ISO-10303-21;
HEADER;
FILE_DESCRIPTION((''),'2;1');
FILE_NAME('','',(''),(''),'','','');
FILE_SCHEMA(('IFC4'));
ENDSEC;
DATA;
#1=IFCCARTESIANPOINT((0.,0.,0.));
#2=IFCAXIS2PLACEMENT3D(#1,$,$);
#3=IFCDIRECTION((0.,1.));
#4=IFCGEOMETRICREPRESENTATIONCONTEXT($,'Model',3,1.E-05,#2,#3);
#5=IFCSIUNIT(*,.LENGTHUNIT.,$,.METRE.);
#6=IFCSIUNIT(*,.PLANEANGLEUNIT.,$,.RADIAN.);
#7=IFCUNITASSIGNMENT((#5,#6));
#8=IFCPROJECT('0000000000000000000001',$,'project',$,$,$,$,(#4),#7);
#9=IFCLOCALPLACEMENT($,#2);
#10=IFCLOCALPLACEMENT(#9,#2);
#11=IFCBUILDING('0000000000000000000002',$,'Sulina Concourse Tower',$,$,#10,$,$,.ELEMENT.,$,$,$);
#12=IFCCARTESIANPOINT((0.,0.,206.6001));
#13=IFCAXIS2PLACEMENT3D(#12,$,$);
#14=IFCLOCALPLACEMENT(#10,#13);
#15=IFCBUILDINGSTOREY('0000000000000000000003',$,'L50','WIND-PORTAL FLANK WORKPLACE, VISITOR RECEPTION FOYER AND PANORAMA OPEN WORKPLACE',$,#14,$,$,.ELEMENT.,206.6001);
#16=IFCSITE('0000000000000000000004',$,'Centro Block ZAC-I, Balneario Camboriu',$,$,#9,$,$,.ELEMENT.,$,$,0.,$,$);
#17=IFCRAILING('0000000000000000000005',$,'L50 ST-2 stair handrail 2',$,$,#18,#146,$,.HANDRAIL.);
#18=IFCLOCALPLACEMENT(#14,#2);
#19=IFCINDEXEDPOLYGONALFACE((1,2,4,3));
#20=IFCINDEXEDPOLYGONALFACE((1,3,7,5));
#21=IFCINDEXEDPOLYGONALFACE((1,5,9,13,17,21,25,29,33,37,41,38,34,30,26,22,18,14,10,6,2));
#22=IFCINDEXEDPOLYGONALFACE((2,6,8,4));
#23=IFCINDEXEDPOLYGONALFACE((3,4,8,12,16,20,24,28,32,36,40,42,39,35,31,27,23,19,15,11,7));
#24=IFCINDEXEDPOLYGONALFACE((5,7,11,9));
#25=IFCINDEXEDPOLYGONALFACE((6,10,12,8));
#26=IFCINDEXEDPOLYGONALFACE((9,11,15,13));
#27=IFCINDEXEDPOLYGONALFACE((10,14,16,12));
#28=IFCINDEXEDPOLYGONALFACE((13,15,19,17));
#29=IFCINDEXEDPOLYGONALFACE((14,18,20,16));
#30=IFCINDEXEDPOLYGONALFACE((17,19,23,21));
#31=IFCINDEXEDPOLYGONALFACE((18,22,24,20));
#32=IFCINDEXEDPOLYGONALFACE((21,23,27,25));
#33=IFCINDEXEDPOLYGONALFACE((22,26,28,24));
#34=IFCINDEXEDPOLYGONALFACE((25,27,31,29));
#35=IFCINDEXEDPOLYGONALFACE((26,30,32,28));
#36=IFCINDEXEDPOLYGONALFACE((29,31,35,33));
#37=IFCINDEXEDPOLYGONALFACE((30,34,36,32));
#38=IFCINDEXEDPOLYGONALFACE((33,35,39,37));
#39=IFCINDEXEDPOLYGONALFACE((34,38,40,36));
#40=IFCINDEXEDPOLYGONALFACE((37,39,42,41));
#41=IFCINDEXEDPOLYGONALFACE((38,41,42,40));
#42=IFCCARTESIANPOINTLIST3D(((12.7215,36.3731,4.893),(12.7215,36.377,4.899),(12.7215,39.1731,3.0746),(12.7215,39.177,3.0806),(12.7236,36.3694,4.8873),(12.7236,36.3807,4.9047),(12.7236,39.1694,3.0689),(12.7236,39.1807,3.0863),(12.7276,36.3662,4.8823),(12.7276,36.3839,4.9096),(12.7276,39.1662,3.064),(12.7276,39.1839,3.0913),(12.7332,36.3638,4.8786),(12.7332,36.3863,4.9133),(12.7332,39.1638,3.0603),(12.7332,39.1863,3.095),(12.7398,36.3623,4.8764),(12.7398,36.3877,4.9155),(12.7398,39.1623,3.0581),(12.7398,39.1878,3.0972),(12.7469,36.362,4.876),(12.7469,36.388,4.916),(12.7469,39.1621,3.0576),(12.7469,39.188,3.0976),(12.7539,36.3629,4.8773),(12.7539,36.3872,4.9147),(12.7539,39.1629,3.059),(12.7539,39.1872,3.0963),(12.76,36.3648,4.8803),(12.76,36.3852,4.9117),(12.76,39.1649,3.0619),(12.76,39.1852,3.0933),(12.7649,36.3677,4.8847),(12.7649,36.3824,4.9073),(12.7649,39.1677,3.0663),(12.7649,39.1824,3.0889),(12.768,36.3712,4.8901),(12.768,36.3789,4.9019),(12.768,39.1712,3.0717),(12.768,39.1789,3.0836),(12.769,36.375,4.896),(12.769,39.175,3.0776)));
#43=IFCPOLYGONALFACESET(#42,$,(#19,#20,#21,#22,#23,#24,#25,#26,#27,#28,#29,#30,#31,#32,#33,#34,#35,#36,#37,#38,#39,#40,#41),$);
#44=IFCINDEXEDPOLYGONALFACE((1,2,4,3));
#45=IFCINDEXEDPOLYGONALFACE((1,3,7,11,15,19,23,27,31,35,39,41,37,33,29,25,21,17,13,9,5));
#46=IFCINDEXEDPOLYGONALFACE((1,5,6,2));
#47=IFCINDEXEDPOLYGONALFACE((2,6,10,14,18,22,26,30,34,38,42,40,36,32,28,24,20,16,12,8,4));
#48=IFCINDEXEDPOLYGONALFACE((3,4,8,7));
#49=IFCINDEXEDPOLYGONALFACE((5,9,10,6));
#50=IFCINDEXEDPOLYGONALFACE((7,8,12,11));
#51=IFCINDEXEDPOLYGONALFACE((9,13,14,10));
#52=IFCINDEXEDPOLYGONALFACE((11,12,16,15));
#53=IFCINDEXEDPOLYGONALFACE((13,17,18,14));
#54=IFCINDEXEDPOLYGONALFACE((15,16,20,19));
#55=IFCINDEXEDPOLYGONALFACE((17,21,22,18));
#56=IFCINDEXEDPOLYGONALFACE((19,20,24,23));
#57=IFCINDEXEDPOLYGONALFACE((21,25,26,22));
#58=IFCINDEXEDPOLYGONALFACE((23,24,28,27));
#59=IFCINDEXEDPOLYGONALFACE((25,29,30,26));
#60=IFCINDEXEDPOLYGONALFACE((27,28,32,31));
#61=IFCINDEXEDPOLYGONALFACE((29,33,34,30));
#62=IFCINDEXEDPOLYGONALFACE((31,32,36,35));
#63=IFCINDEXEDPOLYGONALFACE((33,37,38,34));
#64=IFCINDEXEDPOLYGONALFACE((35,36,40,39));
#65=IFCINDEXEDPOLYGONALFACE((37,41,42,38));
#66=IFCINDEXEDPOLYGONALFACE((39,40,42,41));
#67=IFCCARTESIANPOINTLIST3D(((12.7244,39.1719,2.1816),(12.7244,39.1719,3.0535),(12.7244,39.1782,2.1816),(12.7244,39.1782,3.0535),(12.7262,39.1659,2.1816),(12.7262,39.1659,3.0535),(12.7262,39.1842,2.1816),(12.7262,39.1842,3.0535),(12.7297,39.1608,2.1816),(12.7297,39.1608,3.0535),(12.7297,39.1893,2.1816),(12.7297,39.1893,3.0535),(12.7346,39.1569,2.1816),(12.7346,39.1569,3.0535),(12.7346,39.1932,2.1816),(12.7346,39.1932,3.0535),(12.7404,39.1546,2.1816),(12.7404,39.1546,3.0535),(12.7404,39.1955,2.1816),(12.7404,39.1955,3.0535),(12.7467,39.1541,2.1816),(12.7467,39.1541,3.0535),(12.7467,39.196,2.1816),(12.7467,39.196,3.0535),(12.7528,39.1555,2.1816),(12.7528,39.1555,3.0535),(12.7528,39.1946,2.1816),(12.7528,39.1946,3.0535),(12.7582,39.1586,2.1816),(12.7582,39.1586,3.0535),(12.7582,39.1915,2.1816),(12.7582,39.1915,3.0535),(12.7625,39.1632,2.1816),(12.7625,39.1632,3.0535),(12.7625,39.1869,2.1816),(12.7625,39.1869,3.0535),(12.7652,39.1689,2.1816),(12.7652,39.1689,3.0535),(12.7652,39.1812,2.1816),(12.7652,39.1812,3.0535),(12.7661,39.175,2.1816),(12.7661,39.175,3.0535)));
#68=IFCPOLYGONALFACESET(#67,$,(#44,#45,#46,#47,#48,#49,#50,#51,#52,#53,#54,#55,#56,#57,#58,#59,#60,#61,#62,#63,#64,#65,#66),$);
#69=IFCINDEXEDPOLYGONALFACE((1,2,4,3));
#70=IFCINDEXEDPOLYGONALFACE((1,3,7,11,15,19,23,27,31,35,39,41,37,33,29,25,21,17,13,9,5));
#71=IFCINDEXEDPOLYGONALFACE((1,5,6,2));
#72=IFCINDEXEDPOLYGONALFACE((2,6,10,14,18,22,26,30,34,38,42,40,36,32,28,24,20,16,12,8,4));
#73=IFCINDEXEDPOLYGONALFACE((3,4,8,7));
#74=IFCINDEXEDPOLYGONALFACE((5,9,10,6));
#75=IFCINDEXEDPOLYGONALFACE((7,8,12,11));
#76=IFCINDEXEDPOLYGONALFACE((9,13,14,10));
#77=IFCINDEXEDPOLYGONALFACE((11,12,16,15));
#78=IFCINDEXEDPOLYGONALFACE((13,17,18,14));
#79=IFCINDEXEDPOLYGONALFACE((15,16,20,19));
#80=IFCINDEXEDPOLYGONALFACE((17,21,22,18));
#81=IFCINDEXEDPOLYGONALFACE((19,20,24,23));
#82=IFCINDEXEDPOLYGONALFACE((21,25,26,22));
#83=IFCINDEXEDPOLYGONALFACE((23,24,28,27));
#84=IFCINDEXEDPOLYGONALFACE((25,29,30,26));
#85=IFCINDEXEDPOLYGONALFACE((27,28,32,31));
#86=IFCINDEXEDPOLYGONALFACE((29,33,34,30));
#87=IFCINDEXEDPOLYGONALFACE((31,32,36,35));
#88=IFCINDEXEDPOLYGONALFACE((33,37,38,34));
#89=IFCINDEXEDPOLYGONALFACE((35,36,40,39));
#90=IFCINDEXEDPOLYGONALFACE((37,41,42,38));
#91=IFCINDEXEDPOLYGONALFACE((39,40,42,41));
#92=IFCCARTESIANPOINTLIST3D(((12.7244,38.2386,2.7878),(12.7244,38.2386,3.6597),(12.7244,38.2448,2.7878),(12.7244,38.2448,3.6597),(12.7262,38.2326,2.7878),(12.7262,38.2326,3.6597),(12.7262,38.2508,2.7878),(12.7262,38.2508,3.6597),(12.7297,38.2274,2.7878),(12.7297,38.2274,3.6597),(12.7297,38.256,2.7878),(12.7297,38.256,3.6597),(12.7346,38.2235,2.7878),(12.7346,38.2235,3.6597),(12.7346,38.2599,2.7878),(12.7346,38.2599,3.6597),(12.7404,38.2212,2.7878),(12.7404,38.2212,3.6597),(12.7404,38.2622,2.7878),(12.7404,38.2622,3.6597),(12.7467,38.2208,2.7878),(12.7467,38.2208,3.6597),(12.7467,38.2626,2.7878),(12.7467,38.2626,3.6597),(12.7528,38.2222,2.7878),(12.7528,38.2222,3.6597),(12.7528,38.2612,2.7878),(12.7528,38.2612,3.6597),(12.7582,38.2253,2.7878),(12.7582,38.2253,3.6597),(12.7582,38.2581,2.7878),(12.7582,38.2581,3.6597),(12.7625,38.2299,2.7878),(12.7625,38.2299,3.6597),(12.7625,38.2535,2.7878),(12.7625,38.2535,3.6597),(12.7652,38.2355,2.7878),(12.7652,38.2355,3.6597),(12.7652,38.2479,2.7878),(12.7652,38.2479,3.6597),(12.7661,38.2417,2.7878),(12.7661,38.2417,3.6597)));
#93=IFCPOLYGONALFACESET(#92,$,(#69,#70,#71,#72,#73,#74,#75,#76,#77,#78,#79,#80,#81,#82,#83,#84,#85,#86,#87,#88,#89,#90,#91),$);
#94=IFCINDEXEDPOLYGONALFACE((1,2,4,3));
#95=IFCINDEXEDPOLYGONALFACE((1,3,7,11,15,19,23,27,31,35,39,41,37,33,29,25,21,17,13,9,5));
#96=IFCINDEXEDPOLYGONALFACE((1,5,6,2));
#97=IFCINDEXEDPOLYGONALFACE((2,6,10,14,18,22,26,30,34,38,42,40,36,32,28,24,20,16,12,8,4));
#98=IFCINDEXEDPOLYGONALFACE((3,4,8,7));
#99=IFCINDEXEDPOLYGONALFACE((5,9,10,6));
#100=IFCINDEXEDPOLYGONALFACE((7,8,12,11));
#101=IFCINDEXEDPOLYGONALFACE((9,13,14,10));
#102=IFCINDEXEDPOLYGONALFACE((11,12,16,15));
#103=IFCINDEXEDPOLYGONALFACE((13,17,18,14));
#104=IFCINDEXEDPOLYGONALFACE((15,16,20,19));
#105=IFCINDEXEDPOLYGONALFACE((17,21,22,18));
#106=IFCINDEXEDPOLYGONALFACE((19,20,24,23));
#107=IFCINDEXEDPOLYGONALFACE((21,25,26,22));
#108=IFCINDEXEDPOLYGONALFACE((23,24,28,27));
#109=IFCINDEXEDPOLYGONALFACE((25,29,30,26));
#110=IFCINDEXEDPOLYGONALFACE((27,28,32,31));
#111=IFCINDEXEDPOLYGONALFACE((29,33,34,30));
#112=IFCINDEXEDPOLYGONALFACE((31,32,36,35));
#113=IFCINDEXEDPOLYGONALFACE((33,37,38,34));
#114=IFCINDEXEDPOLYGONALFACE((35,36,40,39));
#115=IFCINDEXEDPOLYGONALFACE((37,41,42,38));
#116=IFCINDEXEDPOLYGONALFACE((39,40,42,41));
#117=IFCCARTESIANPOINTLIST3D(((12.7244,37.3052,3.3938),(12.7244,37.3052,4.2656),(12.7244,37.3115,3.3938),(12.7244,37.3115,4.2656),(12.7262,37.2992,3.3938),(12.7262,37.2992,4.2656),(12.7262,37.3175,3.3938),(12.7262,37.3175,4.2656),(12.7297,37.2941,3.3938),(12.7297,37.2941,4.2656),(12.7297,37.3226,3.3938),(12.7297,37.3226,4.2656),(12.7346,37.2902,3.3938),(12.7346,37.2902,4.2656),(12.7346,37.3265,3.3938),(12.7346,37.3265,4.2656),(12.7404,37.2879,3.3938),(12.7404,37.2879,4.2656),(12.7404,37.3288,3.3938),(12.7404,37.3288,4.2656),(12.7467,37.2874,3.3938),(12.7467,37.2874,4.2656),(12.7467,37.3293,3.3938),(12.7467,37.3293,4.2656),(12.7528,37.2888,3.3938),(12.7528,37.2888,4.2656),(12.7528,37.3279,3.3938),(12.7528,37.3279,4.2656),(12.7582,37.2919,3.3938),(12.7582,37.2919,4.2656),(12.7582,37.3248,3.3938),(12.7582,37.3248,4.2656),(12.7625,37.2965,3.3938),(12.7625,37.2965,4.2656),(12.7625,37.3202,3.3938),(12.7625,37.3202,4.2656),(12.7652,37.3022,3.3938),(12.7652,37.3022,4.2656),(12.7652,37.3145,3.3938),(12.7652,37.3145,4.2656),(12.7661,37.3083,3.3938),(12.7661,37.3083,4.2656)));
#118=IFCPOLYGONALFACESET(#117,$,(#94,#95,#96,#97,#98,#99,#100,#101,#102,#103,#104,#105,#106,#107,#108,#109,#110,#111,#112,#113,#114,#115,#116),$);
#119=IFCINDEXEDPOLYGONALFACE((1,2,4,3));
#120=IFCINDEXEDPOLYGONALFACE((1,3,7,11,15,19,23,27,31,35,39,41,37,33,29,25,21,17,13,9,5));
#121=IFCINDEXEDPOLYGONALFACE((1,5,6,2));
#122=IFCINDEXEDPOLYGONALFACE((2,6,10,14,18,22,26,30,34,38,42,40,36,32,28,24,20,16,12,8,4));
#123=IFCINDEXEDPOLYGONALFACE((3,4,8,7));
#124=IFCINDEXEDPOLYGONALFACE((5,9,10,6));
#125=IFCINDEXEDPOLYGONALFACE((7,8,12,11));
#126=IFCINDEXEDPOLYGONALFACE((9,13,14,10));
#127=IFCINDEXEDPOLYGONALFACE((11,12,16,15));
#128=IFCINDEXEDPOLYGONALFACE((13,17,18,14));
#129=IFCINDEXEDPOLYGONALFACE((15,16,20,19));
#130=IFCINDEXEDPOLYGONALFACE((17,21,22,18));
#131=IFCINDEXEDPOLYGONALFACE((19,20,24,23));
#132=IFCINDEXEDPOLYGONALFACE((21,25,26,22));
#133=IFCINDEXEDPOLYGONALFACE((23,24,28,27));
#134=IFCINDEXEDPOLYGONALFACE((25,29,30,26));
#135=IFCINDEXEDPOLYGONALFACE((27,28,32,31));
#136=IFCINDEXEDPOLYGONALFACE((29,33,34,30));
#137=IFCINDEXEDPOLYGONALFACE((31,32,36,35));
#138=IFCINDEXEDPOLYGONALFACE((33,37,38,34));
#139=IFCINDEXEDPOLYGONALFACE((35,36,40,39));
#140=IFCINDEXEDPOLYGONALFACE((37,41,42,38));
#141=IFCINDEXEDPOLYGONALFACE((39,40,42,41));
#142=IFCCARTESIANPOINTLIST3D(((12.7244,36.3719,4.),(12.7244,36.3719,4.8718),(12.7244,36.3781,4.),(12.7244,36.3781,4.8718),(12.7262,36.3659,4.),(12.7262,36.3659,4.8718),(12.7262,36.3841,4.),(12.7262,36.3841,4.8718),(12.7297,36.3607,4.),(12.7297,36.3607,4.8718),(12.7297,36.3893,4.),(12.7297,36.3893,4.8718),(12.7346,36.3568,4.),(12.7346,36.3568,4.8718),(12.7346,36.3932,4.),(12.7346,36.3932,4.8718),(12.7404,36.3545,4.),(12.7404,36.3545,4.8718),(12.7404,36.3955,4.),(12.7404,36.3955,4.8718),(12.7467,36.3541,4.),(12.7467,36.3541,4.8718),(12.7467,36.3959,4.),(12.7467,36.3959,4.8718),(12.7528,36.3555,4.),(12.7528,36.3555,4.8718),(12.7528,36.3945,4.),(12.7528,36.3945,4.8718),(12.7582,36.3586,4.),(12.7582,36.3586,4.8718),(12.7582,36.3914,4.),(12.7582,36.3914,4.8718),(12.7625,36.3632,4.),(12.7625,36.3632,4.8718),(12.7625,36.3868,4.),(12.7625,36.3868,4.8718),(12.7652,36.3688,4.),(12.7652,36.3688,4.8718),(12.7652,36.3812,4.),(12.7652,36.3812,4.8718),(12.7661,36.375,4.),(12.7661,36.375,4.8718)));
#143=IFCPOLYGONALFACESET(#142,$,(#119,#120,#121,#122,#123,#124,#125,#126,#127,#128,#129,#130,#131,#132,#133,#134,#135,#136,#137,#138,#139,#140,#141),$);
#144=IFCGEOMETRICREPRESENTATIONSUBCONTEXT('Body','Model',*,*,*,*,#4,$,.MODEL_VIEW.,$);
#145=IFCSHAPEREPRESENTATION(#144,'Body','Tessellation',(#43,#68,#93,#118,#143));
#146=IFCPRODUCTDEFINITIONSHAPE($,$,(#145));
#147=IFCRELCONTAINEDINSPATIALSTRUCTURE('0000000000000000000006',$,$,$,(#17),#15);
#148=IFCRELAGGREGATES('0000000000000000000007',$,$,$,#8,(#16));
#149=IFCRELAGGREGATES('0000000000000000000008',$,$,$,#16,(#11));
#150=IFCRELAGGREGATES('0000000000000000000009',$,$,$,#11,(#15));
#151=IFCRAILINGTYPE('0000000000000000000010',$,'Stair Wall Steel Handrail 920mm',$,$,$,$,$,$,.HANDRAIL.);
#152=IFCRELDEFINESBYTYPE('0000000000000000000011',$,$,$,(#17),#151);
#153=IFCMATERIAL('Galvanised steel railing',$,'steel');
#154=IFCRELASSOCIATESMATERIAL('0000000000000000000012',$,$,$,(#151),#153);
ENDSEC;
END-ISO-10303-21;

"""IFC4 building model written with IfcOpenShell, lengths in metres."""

from ifc_helpers import new_model, si_unit, direction, frame, origin, origin_2d, place, context, subcontext, project, spatial, circle, extrude, material, type_object, element, save


model = new_model("IFC4")

# Units and contexts
model_context = context("Model", 3, precision=1e-05, world=origin(), true_north=direction((0.0, 1.0)))
body_context = subcontext(model_context, "Body", "Model", "MODEL_VIEW")
ifc_project = project(units=[si_unit("LENGTHUNIT", "METRE"), si_unit("PLANEANGLEUNIT", "RADIAN")], contexts=[model_context])

# Site, building, storey
site_placement = place(None, origin())
site = spatial("IfcSite", under=ifc_project, at=site_placement, Name="Centro Block ZAC-I, Balneario Camboriu", CompositionType="ELEMENT", RefElevation=0.0)
building_placement = place(site_placement, origin())
building = spatial("IfcBuilding", under=site, at=building_placement, Name="Sulina Concourse Tower", CompositionType="ELEMENT")
storey_placement = place(building_placement, frame((0.0, 0.0, 206.6001)))
storey = spatial("IfcBuildingStorey", under=building, at=storey_placement, Name="L50", Description="WIND-PORTAL FLANK WORKPLACE, VISITOR RECEPTION FOYER AND PANORAMA OPEN WORKPLACE", CompositionType="ELEMENT", Elevation=206.6001)

# Railing
ifc_material_1 = material(Name="Galvanised steel railing", Category="steel")
railing_type_1 = type_object("IfcRailingType", Name="Stair Wall Steel Handrail 920mm", PredefinedType="HANDRAIL", material=ifc_material_1)
railing_1_placement = place(storey_placement, frame((12.7451, 39.175, 2.1816)))
element("IfcRailing", 1, at=railing_1_placement, inside=storey, type_object=railing_type_1, Name="L50 ST-2 stair handrail 2", PredefinedType="HANDRAIL", context=body_context, shape_type="SweptSolid", body=[
    extrude(circle(Radius=0.0239, at=origin_2d()), frame((0.0, 0.0, 0.896), z_axis=(0.0, -0.838672, 0.544636), x_axis=(1.0, 0.0, 0.0)), (0.0, 0.0, 1.0), 3.3386),
    extrude(circle(Radius=0.021, at=origin_2d()), origin(), (0.0, 0.0, 1.0), 0.8718),
    extrude(circle(Radius=0.021, at=origin_2d()), frame((0.0, -0.9333, 0.6062)), (0.0, 0.0, 1.0), 0.8718),
    extrude(circle(Radius=0.021, at=origin_2d()), frame((0.0, -1.8667, 1.2122)), (0.0, 0.0, 1.0), 0.8718),
    extrude(circle(Radius=0.021, at=origin_2d()), frame((0.0, -2.8, 1.8184)), (0.0, 0.0, 1.0), 0.8718),
])

save(model, "model.ifc")
